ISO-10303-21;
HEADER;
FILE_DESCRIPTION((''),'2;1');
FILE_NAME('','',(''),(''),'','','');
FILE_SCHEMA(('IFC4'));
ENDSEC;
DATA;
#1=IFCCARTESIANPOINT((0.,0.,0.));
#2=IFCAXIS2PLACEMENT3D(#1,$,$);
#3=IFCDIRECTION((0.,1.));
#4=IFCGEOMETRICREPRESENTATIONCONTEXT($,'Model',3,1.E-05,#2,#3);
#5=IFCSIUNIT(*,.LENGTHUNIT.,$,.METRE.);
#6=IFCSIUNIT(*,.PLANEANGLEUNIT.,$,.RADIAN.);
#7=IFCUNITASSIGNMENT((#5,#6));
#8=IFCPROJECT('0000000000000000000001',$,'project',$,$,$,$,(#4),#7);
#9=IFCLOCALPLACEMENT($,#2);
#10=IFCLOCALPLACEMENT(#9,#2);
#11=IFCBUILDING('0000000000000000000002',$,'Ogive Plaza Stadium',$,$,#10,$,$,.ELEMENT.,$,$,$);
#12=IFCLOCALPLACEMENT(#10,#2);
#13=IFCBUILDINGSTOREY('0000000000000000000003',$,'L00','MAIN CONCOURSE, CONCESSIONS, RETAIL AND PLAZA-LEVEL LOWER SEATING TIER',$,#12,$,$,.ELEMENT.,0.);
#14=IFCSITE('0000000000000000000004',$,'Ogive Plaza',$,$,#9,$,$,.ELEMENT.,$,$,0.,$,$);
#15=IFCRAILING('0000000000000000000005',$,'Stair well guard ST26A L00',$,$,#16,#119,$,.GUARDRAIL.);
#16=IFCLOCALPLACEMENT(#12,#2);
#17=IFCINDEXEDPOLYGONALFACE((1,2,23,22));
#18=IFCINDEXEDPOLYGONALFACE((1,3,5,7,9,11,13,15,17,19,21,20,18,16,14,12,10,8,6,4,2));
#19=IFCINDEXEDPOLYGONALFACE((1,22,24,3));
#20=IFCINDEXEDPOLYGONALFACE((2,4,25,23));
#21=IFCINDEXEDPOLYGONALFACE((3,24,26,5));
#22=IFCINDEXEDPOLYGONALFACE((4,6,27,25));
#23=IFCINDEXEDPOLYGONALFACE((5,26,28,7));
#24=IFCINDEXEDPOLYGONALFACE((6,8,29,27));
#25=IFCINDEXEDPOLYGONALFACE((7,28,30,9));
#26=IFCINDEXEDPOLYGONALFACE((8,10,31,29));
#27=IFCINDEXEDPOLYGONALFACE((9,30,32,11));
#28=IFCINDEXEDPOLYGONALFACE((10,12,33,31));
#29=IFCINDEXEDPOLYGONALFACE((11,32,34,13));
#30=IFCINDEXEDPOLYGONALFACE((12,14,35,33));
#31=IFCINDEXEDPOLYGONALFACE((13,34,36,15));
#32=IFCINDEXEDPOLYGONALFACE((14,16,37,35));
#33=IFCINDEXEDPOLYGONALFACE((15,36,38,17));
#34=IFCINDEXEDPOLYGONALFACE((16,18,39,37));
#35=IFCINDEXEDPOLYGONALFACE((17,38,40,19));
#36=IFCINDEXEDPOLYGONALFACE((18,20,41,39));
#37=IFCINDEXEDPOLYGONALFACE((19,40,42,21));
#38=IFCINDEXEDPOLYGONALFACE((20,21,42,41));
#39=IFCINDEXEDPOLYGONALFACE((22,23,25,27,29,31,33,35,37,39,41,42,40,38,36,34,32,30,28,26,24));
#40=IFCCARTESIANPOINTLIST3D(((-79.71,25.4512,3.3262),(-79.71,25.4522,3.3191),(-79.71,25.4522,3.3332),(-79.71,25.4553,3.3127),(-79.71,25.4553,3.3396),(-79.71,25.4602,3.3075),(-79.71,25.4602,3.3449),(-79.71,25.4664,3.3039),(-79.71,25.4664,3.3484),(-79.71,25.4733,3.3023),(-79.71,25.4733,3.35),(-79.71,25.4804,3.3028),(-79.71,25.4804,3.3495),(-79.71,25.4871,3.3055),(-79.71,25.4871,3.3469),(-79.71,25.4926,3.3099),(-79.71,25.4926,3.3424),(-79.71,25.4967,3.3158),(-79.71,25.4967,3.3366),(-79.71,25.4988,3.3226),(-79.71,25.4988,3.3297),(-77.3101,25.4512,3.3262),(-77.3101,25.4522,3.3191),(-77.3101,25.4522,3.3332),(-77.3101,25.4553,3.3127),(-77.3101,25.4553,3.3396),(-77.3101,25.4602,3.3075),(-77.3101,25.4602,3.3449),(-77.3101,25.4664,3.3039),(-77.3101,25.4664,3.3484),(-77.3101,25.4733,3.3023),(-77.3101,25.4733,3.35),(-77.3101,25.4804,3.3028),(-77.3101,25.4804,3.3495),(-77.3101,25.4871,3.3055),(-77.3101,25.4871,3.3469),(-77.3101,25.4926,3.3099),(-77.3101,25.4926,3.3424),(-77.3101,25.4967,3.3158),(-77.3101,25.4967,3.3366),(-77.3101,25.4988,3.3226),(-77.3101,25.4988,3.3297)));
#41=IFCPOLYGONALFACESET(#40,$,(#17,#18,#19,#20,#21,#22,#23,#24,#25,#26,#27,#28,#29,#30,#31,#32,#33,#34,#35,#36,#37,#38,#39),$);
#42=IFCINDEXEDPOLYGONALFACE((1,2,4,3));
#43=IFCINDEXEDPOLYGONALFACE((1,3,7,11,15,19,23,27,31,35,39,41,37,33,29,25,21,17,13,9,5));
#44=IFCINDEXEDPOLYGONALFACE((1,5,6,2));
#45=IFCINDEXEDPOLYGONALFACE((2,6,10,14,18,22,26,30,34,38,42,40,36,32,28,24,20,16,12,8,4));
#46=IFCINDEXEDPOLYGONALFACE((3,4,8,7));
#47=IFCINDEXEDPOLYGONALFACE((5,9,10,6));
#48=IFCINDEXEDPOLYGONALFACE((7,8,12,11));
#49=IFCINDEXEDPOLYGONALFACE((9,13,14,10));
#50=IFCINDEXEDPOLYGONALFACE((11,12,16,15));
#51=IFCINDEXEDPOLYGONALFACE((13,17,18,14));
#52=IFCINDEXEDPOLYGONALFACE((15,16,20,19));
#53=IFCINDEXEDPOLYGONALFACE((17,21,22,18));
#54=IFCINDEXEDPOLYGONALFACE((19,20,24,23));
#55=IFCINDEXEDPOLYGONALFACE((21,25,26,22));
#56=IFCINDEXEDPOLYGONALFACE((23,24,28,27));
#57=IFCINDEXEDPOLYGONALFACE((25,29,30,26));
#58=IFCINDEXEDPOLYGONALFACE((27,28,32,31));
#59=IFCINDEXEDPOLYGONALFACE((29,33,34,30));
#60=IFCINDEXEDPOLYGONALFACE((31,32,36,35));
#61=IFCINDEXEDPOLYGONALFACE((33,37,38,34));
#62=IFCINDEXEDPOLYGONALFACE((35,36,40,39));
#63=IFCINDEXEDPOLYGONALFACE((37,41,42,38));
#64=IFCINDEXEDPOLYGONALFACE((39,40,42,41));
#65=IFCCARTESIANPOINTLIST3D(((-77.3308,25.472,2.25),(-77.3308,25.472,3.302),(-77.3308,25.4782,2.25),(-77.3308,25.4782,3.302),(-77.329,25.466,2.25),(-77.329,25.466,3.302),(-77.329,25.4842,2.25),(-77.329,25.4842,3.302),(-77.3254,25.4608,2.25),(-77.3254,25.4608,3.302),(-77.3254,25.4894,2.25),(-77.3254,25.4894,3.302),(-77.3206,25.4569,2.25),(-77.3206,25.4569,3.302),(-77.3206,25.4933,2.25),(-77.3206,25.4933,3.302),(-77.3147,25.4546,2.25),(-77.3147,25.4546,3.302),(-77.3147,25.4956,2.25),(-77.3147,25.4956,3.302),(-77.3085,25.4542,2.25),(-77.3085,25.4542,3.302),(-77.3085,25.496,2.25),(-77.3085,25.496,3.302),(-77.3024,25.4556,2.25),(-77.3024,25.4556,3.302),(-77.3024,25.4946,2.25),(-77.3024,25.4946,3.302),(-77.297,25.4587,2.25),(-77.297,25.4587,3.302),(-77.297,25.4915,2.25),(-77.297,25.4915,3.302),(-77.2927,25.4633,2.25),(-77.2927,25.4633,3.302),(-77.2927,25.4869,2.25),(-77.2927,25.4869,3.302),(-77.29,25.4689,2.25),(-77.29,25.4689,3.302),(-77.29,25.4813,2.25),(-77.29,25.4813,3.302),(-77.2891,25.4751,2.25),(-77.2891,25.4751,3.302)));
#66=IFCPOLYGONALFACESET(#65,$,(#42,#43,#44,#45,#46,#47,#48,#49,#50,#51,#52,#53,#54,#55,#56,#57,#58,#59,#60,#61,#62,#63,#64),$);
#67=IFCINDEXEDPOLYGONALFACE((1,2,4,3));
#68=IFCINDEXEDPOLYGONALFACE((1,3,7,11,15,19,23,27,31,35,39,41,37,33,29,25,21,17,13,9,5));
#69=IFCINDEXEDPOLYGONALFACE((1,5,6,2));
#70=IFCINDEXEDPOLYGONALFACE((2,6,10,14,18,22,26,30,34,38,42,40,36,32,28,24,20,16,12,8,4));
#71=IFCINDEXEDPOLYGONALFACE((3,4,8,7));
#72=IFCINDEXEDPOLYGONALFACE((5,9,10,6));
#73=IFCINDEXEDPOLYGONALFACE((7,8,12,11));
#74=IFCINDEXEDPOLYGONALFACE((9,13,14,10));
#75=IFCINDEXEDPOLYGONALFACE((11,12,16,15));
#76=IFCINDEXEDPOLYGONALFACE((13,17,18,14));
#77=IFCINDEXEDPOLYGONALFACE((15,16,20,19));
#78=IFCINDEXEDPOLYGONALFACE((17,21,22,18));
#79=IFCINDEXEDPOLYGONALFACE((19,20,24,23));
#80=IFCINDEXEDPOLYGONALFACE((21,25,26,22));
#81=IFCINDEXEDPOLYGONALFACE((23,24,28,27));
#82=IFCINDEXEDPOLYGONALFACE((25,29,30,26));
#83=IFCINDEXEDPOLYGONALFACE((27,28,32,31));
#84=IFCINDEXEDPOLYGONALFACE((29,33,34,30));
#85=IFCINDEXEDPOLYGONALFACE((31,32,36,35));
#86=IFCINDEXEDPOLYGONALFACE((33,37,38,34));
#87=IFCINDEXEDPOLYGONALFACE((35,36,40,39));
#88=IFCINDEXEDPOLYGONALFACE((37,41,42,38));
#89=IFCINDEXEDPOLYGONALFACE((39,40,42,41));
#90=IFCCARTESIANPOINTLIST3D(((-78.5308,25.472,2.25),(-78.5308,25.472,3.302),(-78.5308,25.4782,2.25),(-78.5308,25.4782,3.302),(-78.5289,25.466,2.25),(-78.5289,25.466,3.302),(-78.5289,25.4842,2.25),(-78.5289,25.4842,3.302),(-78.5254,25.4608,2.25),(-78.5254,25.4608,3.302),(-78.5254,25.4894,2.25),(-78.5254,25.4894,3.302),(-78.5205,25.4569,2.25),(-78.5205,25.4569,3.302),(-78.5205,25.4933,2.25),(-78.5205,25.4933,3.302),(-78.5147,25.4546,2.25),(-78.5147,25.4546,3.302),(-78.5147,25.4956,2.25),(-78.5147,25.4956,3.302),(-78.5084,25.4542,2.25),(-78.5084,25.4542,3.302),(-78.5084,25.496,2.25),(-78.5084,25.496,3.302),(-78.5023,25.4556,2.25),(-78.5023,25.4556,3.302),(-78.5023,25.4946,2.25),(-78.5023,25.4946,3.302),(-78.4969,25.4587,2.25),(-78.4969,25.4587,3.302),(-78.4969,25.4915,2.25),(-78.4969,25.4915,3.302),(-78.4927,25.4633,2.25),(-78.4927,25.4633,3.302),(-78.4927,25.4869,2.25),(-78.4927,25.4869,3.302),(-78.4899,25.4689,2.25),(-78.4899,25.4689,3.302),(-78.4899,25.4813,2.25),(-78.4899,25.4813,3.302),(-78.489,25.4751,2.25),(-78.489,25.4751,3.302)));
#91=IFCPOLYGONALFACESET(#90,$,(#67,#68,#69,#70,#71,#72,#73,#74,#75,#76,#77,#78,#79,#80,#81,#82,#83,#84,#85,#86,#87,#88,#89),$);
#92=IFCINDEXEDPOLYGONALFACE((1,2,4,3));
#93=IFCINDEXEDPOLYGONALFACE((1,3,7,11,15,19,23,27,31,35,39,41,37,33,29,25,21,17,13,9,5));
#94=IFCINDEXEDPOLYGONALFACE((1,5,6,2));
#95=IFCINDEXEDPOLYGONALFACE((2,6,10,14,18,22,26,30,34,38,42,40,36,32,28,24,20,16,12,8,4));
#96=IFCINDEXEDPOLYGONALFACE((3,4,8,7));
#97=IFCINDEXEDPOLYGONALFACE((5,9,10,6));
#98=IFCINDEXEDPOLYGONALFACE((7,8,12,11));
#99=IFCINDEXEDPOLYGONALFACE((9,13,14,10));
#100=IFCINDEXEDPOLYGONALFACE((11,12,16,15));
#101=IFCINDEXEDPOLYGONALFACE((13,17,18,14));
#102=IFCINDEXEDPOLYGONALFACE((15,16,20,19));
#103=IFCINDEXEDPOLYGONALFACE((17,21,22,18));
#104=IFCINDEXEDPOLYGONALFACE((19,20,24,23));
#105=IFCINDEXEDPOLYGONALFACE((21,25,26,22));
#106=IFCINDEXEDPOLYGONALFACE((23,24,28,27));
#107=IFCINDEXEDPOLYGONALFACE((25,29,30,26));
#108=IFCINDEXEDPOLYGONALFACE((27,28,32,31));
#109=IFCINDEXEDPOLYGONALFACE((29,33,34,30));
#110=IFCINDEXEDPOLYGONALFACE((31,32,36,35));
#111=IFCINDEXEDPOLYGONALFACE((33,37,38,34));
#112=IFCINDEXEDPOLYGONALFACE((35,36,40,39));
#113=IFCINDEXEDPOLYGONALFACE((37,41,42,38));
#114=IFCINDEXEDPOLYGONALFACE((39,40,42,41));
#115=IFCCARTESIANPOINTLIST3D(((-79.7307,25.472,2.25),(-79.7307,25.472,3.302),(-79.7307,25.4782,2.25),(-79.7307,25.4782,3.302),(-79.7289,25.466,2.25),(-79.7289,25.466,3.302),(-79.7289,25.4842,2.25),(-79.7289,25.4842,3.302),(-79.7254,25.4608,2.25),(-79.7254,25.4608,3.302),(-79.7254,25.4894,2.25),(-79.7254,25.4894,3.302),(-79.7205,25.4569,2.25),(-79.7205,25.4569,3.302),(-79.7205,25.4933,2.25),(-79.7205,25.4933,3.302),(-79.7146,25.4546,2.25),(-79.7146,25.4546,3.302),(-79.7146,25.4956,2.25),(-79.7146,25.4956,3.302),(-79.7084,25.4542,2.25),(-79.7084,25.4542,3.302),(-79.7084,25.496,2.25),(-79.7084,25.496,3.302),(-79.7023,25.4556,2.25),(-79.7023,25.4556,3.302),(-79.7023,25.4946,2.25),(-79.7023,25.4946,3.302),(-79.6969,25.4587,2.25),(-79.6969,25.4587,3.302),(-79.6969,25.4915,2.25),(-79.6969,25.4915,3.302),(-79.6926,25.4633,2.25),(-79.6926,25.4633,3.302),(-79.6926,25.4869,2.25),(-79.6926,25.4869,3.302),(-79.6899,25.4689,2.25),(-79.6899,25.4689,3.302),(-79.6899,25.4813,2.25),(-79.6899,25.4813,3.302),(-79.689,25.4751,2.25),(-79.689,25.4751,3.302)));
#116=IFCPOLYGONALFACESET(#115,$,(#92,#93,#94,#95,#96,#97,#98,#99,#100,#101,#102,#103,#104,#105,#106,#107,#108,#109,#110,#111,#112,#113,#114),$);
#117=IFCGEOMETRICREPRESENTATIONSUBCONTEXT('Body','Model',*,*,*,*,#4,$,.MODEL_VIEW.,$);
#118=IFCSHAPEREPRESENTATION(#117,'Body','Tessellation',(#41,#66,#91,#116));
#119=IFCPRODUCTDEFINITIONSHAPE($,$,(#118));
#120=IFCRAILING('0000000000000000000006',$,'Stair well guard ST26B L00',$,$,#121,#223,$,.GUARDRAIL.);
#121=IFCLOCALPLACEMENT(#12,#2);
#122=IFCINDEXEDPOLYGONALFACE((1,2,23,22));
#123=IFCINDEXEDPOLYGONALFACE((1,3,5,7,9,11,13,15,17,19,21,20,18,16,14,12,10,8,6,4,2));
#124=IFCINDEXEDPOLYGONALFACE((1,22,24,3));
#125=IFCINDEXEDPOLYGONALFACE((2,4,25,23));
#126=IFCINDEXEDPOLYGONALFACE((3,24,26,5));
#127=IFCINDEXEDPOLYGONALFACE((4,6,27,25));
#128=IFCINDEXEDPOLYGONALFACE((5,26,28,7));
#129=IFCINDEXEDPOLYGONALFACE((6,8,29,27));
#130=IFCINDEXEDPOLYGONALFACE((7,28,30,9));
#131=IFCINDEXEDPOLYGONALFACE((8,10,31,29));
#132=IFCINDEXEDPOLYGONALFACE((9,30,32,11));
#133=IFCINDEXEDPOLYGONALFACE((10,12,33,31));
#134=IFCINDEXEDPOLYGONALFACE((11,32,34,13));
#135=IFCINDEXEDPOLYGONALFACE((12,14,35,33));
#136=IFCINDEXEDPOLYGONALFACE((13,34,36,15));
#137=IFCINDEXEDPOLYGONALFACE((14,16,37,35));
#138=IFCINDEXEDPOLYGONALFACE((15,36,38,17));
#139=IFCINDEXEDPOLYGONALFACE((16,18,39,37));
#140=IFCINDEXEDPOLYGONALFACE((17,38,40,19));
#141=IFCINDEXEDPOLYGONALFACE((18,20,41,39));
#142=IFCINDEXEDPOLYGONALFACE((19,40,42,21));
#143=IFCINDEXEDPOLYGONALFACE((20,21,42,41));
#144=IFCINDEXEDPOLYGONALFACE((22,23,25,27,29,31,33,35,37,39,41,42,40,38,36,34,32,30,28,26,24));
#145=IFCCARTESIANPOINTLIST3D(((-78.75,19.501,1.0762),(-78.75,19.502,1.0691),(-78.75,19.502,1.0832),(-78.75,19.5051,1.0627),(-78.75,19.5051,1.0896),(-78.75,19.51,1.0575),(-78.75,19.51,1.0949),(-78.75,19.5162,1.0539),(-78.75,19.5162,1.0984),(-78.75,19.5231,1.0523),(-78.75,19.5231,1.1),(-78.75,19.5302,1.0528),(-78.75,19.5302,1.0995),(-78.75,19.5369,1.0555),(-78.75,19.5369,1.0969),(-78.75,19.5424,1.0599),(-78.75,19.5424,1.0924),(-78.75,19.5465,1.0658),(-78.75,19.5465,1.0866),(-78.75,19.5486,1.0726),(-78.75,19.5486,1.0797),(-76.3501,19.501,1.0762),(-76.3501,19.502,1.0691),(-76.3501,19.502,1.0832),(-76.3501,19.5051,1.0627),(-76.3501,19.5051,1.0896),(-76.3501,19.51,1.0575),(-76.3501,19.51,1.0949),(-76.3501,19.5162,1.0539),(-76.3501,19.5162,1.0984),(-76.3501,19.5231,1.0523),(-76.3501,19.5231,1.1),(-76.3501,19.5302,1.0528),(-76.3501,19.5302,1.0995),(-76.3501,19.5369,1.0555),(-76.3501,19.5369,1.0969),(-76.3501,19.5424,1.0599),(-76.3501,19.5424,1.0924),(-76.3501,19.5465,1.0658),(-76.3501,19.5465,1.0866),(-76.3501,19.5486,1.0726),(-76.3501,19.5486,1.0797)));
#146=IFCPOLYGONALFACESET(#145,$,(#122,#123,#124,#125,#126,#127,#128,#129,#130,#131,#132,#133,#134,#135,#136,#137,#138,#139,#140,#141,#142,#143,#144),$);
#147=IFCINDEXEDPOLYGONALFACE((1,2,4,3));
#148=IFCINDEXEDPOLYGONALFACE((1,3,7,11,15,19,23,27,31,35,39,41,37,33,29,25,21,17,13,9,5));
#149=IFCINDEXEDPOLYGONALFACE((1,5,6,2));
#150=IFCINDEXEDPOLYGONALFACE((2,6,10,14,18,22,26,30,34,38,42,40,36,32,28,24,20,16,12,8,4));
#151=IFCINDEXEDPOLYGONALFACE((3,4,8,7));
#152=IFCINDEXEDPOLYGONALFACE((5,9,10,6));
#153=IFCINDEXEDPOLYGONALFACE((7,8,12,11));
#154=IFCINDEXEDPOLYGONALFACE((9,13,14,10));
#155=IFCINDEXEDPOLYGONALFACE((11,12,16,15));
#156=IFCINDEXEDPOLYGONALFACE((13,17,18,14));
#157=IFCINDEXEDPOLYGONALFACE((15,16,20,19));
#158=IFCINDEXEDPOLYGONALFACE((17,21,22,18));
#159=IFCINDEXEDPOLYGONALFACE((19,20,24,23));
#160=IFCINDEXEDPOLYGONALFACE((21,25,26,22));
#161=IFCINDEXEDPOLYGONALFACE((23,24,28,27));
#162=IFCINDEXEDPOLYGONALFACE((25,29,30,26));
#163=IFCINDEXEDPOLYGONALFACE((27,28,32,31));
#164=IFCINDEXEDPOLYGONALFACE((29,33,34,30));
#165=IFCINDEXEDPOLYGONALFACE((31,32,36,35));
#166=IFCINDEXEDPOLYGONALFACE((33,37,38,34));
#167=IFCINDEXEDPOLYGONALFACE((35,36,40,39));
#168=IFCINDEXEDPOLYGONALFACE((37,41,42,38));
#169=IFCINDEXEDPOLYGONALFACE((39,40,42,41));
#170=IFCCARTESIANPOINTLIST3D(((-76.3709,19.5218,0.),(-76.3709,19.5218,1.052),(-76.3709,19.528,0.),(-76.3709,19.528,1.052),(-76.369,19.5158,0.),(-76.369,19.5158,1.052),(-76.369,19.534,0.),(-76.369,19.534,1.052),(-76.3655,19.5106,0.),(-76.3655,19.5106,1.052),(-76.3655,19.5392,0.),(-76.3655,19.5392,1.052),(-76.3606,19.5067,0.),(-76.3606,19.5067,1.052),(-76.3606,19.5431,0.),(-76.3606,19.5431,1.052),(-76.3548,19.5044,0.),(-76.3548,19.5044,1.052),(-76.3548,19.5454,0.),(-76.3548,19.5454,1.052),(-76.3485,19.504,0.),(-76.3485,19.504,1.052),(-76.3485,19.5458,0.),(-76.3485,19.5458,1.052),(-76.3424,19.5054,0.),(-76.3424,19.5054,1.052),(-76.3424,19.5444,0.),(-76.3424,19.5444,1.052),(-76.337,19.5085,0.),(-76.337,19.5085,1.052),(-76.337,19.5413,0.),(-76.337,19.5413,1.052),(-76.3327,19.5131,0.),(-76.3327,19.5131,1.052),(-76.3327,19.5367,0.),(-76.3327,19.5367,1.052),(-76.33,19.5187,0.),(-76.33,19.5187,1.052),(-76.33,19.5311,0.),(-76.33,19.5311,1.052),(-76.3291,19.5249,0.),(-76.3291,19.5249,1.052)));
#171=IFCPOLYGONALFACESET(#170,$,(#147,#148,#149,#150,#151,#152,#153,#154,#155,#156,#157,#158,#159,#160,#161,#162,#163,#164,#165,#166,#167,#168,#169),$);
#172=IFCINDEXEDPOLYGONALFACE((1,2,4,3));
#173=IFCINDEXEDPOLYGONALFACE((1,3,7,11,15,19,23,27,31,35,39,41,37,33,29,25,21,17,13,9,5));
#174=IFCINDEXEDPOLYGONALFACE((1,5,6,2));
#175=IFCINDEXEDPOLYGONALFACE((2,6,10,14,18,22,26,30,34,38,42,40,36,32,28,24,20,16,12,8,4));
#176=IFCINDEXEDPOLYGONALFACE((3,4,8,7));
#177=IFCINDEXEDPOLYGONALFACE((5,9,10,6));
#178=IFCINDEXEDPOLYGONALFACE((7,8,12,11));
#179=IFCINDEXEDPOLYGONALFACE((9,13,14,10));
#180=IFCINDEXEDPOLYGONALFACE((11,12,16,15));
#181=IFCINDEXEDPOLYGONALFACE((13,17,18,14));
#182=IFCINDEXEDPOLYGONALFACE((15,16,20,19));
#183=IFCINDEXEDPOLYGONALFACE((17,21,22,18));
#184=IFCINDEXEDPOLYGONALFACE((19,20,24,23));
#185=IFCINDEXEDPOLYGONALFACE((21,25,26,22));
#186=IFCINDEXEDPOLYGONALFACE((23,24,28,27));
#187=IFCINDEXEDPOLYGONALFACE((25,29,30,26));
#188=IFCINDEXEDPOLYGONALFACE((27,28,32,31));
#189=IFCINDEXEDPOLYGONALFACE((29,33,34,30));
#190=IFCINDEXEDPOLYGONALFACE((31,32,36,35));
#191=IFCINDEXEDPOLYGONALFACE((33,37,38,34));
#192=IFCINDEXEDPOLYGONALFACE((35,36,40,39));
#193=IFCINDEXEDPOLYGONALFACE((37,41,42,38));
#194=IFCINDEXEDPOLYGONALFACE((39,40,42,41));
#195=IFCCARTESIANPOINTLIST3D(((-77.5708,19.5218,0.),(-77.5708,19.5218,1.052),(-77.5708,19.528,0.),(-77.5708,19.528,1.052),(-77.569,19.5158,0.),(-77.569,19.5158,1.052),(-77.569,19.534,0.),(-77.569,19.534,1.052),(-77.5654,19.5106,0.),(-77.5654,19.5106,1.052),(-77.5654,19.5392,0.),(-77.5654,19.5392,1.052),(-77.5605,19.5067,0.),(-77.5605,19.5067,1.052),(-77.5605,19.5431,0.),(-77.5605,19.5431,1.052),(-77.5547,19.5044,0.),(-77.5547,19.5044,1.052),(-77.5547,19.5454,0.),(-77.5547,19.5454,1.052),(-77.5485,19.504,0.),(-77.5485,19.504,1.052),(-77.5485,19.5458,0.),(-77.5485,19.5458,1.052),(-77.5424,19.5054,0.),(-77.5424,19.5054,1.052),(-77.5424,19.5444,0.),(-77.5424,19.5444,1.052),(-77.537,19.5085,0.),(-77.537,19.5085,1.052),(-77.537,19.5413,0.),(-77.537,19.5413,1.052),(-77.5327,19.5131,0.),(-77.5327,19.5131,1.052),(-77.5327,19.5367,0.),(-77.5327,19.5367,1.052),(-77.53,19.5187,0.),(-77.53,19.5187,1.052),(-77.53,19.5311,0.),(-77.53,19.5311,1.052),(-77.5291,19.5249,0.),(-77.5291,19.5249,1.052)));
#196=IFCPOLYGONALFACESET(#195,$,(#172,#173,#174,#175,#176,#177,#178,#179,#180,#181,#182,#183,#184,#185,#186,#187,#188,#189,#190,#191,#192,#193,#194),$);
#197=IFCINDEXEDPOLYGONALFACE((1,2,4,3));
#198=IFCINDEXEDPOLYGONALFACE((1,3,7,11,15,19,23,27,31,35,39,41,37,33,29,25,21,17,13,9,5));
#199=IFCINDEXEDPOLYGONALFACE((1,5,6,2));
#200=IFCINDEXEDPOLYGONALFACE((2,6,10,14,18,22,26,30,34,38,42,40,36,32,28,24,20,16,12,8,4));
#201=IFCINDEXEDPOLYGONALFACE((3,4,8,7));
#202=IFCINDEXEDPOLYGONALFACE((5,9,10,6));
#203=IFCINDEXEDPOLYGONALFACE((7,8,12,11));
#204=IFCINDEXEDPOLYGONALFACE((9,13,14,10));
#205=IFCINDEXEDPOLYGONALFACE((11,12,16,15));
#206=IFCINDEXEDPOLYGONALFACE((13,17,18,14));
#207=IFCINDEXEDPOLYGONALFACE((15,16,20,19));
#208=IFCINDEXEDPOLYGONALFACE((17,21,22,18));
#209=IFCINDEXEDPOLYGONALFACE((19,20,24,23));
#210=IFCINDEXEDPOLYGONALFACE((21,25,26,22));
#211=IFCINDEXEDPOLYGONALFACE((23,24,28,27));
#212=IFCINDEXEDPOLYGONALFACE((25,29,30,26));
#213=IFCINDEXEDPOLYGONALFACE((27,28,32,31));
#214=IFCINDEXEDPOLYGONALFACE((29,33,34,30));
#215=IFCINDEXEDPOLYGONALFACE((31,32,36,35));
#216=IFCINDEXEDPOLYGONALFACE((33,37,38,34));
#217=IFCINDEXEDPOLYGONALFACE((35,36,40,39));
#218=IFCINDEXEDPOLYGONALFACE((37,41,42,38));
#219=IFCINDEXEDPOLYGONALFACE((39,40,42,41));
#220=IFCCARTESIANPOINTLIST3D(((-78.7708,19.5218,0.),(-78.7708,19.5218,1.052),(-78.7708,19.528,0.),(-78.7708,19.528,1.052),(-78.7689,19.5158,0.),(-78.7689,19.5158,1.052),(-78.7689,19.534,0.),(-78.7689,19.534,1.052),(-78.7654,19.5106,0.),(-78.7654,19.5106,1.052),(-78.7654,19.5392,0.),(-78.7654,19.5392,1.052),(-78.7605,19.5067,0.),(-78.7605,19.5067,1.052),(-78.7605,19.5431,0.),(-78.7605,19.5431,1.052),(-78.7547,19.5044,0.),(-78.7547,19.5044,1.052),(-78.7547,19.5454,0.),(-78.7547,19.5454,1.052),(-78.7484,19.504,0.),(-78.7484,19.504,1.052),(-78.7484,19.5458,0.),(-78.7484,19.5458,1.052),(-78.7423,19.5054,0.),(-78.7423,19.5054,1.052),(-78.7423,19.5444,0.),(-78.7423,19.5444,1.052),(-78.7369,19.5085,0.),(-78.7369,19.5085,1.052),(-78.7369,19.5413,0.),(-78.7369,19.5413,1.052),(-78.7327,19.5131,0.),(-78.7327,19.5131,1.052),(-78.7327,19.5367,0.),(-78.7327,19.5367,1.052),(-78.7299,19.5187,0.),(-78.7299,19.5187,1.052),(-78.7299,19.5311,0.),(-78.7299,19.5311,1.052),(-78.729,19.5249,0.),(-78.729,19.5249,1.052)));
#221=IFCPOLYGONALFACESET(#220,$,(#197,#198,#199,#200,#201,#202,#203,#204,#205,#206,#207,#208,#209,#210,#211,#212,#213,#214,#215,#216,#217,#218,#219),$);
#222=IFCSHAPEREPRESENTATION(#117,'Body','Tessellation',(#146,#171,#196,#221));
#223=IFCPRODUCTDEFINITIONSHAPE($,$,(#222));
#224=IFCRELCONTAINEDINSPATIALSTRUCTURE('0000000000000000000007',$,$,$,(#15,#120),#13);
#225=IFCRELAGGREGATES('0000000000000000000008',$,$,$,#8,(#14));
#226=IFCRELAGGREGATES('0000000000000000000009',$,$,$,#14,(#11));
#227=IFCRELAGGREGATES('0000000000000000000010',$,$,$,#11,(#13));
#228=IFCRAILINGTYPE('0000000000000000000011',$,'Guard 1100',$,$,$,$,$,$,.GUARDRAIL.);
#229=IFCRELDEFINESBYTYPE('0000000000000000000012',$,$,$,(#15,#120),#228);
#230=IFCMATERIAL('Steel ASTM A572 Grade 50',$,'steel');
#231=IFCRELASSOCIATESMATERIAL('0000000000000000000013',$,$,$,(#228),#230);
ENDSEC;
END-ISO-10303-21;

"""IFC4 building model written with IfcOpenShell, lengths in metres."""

from ifc_helpers import new_model, si_unit, direction, frame, origin, origin_2d, place, context, subcontext, project, spatial, circle, extrude, material, type_object, element, save


model = new_model("IFC4")

# Units and contexts
model_context = context("Model", 3, precision=1e-05, world=origin(), true_north=direction((0.0, 1.0)))
body_context = subcontext(model_context, "Body", "Model", "MODEL_VIEW")
ifc_project = project(units=[si_unit("LENGTHUNIT", "METRE"), si_unit("PLANEANGLEUNIT", "RADIAN")], contexts=[model_context])

# Site, building, storey
site_placement = place(None, origin())
site = spatial("IfcSite", under=ifc_project, at=site_placement, Name="Ogive Plaza", CompositionType="ELEMENT", RefElevation=0.0)
building_placement = place(site_placement, origin())
building = spatial("IfcBuilding", under=site, at=building_placement, Name="Ogive Plaza Stadium", CompositionType="ELEMENT")
storey_placement = place(building_placement, origin())
storey = spatial("IfcBuildingStorey", under=building, at=storey_placement, Name="L00", Description="MAIN CONCOURSE, CONCESSIONS, RETAIL AND PLAZA-LEVEL LOWER SEATING TIER", CompositionType="ELEMENT", Elevation=0.0)

# Railings
ifc_material_1 = material(Name="Steel ASTM A572 Grade 50", Category="steel")
railing_type_1 = type_object("IfcRailingType", Name="Guard 1100", PredefinedType="GUARDRAIL", material=ifc_material_1)
for number, where, name in (
    (1, (-77.3101, 25.4751, 2.25), "Stair well guard ST26A L00"),
    (2, (-76.3501, 19.5249, 0.0), "Stair well guard ST26B L00"),
):
    element("IfcRailing", number, at=place(storey_placement, frame(where)), inside=storey, type_object=railing_type_1, Name=name, PredefinedType="GUARDRAIL", context=body_context, shape_type="SweptSolid", body=[
        extrude(circle(Radius=0.0239, at=origin_2d()), frame((0.0, 0.0, 1.0762), z_axis=(-1.0, 0.0, 0.0), x_axis=(0.0, -1.0, 0.0)), (0.0, 0.0, 1.0), 2.3999),
        extrude(circle(Radius=0.021, at=origin_2d()), origin(), (0.0, 0.0, 1.0), 1.052),
        extrude(circle(Radius=0.021, at=origin_2d()), frame((-1.2, 0.0, 0.0)), (0.0, 0.0, 1.0), 1.052),
        extrude(circle(Radius=0.021, at=origin_2d()), frame((-2.3999, 0.0, 0.0)), (0.0, 0.0, 1.0), 1.052),
    ])

save(model, "model.ifc")
